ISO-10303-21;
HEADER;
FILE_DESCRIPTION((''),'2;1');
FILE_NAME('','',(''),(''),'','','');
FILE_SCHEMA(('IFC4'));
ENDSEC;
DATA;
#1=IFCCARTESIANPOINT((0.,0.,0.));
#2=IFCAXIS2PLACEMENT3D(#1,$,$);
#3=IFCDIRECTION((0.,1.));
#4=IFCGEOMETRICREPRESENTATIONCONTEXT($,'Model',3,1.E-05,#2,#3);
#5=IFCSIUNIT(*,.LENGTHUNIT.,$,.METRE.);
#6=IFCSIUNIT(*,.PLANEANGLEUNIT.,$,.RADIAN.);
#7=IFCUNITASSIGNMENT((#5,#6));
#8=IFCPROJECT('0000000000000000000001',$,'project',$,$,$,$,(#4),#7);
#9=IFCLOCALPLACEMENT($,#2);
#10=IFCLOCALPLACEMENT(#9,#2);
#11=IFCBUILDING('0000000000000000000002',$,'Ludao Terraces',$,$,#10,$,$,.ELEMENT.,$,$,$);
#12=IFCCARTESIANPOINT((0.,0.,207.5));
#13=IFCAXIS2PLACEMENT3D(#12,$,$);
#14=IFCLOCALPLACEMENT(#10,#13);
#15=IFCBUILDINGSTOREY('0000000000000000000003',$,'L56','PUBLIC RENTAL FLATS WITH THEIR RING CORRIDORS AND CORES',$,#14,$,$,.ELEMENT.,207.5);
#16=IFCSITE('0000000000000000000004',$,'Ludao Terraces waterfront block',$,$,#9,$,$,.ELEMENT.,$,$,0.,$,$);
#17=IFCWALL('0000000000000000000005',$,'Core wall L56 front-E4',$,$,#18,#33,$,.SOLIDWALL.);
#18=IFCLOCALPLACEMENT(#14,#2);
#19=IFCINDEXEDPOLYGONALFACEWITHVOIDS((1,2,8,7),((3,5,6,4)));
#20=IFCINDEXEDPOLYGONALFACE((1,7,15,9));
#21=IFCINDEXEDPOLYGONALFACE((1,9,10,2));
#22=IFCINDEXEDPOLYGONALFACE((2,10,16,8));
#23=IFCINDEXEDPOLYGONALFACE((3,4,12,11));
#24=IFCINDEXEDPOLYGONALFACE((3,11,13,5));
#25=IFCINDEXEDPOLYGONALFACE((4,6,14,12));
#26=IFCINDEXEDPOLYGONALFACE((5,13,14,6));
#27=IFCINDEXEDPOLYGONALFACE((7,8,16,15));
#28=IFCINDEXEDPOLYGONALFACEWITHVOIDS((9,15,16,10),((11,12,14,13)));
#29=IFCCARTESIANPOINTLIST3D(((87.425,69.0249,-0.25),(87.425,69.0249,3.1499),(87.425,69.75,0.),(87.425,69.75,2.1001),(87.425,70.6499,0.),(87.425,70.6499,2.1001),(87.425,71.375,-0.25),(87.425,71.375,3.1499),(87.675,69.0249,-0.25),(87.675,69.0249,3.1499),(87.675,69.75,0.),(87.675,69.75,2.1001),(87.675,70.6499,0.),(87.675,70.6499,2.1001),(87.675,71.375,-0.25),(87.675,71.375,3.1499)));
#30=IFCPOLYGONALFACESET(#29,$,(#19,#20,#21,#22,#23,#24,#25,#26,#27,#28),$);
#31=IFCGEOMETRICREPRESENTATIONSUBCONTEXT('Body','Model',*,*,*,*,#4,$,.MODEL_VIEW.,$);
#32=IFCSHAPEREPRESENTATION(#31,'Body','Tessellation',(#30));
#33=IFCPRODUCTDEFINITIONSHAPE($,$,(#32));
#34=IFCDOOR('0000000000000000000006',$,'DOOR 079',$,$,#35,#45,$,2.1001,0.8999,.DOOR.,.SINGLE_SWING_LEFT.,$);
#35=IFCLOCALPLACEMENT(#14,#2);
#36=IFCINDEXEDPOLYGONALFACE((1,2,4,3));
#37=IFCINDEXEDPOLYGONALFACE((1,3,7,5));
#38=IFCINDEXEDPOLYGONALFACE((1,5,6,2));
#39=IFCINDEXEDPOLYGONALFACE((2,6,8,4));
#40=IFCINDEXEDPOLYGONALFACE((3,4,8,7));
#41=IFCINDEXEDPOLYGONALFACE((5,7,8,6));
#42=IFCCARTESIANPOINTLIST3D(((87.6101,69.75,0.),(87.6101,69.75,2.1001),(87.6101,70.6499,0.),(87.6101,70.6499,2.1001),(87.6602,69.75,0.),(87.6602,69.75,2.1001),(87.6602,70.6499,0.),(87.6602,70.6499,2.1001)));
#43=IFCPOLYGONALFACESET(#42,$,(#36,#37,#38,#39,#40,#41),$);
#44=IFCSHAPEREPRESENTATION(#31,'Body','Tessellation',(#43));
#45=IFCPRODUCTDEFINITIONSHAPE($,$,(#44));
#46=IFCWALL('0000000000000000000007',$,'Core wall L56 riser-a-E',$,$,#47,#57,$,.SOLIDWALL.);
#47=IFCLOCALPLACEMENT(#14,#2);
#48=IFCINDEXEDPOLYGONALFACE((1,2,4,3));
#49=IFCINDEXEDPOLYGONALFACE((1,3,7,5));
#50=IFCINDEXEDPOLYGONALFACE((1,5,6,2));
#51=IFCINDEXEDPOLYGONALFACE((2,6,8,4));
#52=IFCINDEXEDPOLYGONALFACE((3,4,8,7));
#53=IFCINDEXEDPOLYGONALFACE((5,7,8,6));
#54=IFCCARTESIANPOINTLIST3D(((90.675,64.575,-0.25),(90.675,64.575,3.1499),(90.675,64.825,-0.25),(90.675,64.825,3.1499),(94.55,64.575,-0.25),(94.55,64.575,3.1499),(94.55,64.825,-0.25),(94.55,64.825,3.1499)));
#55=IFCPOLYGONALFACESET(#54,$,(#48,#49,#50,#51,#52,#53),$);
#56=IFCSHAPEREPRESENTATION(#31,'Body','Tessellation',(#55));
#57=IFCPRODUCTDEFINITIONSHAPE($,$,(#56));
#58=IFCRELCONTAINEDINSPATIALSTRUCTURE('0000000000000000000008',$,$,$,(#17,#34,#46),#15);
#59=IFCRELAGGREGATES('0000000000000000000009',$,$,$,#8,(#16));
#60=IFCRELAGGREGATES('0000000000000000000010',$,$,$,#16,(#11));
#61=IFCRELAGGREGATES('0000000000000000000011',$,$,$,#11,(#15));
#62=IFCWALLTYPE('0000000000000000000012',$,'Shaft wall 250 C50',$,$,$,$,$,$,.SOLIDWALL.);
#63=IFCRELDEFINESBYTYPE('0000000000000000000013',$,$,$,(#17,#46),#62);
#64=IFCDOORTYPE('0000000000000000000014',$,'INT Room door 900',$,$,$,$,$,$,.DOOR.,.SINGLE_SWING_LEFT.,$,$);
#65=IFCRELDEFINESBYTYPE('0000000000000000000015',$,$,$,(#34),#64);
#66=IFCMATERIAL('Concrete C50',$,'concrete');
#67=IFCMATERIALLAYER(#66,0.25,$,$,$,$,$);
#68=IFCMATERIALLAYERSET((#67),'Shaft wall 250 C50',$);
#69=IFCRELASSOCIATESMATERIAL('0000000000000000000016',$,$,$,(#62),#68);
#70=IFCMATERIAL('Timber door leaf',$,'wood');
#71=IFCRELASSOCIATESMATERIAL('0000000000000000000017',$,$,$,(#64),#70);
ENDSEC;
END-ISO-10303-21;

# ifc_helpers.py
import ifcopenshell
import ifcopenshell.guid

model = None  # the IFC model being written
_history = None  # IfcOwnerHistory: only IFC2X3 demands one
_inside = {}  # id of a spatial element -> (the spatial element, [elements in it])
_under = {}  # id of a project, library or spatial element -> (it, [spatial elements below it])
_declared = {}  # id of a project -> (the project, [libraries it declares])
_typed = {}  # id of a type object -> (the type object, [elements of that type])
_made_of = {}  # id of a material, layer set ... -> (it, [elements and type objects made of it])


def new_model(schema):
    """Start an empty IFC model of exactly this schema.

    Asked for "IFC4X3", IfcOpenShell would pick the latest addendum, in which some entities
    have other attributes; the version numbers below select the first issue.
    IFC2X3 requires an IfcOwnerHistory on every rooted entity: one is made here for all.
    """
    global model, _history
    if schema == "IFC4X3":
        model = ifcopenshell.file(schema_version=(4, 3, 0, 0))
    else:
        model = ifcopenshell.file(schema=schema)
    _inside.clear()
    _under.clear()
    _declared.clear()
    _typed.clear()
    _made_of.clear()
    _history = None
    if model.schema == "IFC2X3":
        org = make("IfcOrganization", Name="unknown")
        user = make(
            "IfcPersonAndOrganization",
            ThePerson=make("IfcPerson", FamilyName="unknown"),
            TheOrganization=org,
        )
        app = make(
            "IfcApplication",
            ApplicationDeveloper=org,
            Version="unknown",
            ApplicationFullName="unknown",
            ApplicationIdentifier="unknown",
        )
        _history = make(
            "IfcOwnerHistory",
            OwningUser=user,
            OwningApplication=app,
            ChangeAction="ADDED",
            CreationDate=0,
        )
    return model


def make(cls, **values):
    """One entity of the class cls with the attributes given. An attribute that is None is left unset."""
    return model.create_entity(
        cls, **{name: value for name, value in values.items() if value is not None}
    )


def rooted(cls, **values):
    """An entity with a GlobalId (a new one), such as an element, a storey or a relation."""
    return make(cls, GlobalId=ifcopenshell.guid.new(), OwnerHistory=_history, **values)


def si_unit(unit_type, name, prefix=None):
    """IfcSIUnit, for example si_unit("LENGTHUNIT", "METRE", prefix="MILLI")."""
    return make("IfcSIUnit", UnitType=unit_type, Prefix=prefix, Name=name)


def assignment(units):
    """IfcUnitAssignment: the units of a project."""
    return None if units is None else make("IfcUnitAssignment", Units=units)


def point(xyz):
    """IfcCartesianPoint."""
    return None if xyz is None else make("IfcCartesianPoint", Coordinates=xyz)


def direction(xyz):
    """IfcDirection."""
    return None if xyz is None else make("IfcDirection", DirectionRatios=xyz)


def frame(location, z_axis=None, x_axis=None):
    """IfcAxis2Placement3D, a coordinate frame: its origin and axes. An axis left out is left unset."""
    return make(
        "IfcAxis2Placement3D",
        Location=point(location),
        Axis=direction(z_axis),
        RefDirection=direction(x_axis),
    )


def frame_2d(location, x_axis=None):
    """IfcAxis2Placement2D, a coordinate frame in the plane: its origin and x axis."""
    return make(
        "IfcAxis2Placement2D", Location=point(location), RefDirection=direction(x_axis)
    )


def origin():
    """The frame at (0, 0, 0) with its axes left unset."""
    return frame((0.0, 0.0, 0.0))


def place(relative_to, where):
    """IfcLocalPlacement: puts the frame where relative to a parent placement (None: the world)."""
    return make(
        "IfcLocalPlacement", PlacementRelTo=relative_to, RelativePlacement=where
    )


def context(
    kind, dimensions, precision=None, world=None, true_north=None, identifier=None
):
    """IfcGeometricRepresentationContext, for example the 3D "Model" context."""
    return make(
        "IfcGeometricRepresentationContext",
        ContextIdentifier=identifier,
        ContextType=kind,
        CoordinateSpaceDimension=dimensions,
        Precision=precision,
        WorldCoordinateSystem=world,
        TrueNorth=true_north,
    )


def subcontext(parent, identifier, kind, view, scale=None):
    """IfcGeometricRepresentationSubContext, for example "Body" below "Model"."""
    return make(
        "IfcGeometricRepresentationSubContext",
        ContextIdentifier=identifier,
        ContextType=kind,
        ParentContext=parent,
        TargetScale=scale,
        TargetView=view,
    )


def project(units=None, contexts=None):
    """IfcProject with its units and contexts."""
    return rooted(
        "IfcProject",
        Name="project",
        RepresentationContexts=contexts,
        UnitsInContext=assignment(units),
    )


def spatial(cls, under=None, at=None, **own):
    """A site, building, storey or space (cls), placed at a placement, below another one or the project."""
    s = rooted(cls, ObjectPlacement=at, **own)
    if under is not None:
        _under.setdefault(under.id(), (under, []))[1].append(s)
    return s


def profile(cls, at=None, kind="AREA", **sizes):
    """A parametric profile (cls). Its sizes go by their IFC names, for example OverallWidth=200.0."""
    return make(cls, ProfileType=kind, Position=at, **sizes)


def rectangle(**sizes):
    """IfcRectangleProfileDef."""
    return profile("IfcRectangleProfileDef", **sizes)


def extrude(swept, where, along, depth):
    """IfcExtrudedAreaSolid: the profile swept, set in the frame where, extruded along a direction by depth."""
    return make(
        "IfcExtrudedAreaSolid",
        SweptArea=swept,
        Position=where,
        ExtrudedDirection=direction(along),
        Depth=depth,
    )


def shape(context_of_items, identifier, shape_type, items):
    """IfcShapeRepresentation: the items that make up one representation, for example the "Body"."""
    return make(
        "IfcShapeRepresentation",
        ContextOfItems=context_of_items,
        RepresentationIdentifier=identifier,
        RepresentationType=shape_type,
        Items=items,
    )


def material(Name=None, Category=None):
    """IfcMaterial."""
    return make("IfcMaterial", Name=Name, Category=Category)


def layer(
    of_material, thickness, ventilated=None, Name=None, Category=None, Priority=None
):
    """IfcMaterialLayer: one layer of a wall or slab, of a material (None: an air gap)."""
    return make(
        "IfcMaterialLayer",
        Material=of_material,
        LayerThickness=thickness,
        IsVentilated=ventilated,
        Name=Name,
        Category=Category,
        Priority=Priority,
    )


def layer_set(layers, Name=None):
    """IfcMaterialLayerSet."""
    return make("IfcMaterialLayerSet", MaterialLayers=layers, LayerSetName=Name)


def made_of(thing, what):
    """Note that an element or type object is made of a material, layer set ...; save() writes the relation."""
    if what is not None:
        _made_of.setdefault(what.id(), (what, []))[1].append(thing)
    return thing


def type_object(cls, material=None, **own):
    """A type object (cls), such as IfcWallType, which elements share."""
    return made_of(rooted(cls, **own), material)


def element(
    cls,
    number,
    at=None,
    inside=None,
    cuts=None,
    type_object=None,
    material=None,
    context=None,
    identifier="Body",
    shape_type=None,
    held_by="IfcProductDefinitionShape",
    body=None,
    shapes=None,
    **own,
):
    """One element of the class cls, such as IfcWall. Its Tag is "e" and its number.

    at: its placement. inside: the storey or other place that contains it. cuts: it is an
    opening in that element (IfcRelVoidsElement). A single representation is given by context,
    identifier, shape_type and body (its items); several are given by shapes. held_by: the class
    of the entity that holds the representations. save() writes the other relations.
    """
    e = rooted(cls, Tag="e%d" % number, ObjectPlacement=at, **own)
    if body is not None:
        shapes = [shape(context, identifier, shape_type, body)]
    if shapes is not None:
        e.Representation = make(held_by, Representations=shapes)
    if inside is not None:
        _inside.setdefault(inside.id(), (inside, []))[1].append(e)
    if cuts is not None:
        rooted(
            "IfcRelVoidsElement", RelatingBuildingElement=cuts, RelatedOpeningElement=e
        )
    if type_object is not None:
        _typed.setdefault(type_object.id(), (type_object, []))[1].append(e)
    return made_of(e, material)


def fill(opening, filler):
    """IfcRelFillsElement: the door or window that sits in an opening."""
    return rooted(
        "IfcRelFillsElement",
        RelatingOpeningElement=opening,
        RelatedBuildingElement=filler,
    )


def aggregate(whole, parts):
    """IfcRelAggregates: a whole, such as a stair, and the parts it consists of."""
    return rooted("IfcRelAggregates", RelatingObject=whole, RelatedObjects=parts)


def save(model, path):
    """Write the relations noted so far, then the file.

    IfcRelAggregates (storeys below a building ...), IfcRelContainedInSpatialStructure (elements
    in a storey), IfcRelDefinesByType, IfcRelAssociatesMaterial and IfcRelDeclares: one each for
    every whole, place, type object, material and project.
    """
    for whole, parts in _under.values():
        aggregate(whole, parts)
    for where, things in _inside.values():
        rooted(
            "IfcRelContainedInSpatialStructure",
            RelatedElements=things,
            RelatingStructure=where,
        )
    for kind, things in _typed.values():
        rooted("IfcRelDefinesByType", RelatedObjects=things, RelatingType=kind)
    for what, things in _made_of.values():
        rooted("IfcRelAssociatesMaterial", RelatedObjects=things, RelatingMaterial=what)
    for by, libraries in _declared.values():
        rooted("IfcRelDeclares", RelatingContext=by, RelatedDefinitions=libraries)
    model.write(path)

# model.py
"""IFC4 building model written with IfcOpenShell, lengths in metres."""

from ifc_helpers import new_model, si_unit, direction, frame, frame_2d, origin, place, context, subcontext, project, spatial, rectangle, extrude, material, layer, layer_set, type_object, element, fill, save


model = new_model("IFC4")

# Units and contexts
model_context = context("Model", 3, precision=1e-05, world=origin(), true_north=direction((0.0, 1.0)))
body_context = subcontext(model_context, "Body", "Model", "MODEL_VIEW")
ifc_project = project(units=[si_unit("LENGTHUNIT", "METRE"), si_unit("PLANEANGLEUNIT", "RADIAN")], contexts=[model_context])

# Site, building, storey
site_placement = place(None, origin())
site = spatial("IfcSite", under=ifc_project, at=site_placement, Name="Ludao Terraces waterfront block", CompositionType="ELEMENT", RefElevation=0.0)
building_placement = place(site_placement, origin())
building = spatial("IfcBuilding", under=site, at=building_placement, Name="Ludao Terraces", CompositionType="ELEMENT")
storey_placement = place(building_placement, frame((0.0, 0.0, 207.5)))
storey = spatial("IfcBuildingStorey", under=building, at=storey_placement, Name="L56", Description="PUBLIC RENTAL FLATS WITH THEIR RING CORRIDORS AND CORES", CompositionType="ELEMENT", Elevation=207.5)

# Shared definitions
ifc_material_1 = material(Name="Concrete C50", Category="concrete")
ifc_layer_1 = layer(ifc_material_1, 0.25)
ifc_layer_set_1 = layer_set([ifc_layer_1], Name="Shaft wall 250 C50")
wall_type_1 = type_object("IfcWallType", Name="Shaft wall 250 C50", PredefinedType="SOLIDWALL", material=ifc_layer_set_1)
ifc_material_2 = material(Name="Timber door leaf", Category="wood")
door_type = type_object("IfcDoorType", Name="INT Room door 900", OperationType="SINGLE_SWING_LEFT", PredefinedType="DOOR", material=ifc_material_2)

# Wall, opening, door
wall_1_placement = place(storey_placement, frame((87.55, 69.0249, -0.25), z_axis=(0.0, 0.0, 1.0), x_axis=(0.0, 1.0, 0.0)))
wall_1 = element("IfcWall", 1, at=wall_1_placement, inside=storey, type_object=wall_type_1, Name="Core wall L56 front-E4", PredefinedType="SOLIDWALL", context=body_context, shape_type="SweptSolid", body=[
    extrude(rectangle(XDim=2.3501, YDim=0.25, at=frame_2d((1.175, 0.0))), origin(), (0.0, 0.0, 1.0), 3.3999),
])
opening_1_placement = place(wall_1_placement, frame((0.7251, 0.0, 0.25)))
opening_1 = element("IfcOpeningElement", 2, at=opening_1_placement, cuts=wall_1, PredefinedType="OPENING", context=body_context, shape_type="SweptSolid", body=[
    extrude(rectangle(XDim=0.8999, YDim=2.1001, at=frame_2d((0.45, 1.05))), frame((0.0, 0.135, 0.0), z_axis=(0.0, -1.0, 0.0), x_axis=(1.0, 0.0, 0.0)), (0.0, 0.0, 1.0), 0.27),
])
door_1_placement = place(opening_1_placement, origin())
door_1 = element("IfcDoor", 3, at=door_1_placement, inside=storey, type_object=door_type, Name="DOOR 079", OperationType="SINGLE_SWING_LEFT", OverallHeight=2.1001, OverallWidth=0.8999, PredefinedType="DOOR", context=body_context, shape_type="SweptSolid", body=[
    extrude(rectangle(XDim=0.8999, YDim=2.1001, at=frame_2d((0.45, 1.05))), frame((0.0, -0.0601, 0.0), z_axis=(0.0, -1.0, 0.0), x_axis=(1.0, 0.0, 0.0)), (0.0, 0.0, 1.0), 0.05),
])
fill(opening_1, door_1)

# Wall
wall_2_placement = place(storey_placement, frame((90.675, 64.7, -0.25), z_axis=(0.0, 0.0, 1.0), x_axis=(1.0, 0.0, 0.0)))
element("IfcWall", 4, at=wall_2_placement, inside=storey, type_object=wall_type_1, Name="Core wall L56 riser-a-E", PredefinedType="SOLIDWALL", context=body_context, shape_type="SweptSolid", body=[
    extrude(rectangle(XDim=3.875, YDim=0.25, at=frame_2d((1.9375, 0.0))), origin(), (0.0, 0.0, 1.0), 3.3999),
])

save(model, "model.ifc")
